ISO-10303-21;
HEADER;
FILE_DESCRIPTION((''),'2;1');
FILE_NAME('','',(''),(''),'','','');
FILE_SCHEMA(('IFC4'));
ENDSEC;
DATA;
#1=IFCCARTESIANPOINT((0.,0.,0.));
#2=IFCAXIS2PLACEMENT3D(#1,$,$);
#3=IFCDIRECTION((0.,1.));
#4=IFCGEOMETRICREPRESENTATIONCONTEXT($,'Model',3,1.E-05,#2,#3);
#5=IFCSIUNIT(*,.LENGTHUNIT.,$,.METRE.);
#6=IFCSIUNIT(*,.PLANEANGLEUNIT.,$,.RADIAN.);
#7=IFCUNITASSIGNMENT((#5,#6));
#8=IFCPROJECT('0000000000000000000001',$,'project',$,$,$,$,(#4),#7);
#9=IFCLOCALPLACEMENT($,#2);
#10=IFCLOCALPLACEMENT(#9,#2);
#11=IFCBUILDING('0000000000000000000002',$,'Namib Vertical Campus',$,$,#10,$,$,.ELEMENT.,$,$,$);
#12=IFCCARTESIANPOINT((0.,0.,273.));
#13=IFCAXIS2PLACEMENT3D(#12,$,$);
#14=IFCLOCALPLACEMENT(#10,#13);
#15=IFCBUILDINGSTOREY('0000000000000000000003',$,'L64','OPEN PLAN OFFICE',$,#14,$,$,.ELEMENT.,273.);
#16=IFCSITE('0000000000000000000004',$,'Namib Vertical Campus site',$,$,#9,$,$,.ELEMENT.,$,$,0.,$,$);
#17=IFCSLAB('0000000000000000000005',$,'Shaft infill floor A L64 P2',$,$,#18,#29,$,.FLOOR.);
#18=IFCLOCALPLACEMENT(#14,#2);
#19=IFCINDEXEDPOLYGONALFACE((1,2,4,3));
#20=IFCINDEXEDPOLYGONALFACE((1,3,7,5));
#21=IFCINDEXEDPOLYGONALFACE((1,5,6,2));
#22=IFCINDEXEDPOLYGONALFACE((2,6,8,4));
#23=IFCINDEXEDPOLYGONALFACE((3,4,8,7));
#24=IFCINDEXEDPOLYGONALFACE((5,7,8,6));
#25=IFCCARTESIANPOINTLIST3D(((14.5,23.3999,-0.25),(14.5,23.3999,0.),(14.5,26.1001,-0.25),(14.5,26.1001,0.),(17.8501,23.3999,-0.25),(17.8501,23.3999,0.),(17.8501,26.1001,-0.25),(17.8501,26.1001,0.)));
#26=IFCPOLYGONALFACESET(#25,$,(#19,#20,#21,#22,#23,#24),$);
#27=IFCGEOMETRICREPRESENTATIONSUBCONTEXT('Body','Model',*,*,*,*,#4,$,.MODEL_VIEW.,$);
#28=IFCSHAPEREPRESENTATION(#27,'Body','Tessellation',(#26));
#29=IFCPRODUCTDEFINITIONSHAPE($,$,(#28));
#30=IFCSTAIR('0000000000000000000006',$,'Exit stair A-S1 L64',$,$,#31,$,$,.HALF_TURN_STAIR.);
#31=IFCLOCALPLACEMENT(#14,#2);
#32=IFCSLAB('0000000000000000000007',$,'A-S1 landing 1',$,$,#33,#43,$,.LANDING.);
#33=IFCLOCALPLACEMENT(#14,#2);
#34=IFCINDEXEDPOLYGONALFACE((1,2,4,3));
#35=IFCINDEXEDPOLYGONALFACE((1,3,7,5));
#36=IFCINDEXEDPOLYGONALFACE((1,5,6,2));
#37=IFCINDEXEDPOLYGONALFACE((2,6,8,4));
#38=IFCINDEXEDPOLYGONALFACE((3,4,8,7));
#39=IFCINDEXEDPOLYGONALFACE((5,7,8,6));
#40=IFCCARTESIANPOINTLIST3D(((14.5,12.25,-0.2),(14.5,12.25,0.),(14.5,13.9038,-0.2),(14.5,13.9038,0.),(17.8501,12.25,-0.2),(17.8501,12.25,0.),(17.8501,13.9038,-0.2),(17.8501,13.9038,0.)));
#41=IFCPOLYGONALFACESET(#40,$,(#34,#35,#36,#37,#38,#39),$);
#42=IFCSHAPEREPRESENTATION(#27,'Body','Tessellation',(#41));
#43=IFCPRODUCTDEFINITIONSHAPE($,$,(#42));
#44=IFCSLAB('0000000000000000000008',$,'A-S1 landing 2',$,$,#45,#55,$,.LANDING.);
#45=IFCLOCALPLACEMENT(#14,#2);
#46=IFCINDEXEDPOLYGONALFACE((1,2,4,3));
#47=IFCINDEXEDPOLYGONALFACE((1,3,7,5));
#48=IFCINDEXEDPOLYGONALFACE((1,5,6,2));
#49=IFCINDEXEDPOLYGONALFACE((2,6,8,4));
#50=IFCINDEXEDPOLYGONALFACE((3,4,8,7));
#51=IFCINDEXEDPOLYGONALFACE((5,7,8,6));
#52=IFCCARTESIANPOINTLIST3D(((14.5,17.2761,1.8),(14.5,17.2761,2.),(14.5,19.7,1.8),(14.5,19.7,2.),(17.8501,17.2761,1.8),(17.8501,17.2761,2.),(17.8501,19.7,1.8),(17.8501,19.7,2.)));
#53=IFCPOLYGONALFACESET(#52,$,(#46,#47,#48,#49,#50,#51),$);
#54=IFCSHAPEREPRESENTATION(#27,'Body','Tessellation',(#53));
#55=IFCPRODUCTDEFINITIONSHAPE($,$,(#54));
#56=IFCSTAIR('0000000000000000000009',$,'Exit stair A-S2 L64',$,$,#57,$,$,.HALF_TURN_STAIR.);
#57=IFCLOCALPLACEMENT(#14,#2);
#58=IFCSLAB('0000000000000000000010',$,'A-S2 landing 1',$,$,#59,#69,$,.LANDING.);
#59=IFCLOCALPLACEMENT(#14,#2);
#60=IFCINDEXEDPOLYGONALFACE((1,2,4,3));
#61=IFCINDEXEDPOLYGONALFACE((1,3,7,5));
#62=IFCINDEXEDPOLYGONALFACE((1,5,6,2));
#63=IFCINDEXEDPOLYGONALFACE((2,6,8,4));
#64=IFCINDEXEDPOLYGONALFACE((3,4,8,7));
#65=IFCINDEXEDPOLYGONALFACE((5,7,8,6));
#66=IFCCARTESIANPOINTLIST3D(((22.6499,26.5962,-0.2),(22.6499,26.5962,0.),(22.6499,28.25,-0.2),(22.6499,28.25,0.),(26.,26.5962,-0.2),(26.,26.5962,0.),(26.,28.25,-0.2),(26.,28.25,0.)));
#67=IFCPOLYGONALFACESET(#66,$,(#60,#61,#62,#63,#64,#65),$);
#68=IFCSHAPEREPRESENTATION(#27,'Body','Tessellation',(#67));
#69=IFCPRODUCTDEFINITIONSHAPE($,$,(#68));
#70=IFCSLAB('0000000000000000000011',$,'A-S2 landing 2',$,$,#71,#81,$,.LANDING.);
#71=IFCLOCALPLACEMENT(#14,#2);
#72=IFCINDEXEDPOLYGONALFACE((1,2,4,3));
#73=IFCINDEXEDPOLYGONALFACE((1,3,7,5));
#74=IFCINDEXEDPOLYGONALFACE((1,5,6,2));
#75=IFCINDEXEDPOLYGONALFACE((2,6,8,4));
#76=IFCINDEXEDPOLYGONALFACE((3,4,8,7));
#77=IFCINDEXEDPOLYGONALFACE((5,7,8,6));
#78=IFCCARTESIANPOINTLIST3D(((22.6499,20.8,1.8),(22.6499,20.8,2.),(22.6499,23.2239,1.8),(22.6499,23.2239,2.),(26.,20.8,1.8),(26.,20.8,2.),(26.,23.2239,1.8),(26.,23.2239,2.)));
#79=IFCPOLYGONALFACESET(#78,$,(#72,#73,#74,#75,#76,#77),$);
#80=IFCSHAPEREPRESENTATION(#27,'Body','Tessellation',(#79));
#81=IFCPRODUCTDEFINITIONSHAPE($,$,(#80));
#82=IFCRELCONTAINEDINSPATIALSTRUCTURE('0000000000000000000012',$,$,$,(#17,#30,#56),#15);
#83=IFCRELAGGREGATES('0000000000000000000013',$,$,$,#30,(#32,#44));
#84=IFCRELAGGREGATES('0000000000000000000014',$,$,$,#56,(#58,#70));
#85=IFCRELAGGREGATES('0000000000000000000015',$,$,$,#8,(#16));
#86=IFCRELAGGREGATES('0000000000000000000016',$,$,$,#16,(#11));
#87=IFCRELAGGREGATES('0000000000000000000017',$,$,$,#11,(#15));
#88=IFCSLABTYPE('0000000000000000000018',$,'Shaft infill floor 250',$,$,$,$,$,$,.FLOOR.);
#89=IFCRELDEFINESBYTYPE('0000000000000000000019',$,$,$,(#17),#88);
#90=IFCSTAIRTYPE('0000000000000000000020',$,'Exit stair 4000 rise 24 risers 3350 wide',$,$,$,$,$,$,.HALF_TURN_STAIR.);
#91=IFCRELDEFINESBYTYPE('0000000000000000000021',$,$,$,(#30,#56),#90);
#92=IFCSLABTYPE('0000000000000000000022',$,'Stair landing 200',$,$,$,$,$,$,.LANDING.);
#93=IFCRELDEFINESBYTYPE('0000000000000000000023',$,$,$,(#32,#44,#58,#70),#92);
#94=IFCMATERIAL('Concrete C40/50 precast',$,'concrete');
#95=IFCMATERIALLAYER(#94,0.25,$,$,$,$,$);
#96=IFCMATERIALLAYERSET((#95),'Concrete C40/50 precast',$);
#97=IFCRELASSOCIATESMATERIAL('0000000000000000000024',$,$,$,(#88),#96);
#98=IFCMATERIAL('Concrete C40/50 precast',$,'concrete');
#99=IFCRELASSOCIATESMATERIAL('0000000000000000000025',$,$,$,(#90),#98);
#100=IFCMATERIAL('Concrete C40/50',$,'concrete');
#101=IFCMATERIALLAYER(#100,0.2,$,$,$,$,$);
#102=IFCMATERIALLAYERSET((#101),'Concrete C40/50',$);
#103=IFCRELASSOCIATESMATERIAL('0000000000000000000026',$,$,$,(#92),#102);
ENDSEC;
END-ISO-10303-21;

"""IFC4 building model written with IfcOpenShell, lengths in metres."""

from ifc_helpers import new_model, si_unit, direction, frame, origin, place, context, subcontext, project, spatial, polyline, outline, extrude, material, layer, layer_set, type_object, element, aggregate, save


model = new_model("IFC4")

# Units and contexts
model_context = context("Model", 3, precision=1e-05, world=origin(), true_north=direction((0.0, 1.0)))
body_context = subcontext(model_context, "Body", "Model", "MODEL_VIEW")
ifc_project = project(units=[si_unit("LENGTHUNIT", "METRE"), si_unit("PLANEANGLEUNIT", "RADIAN")], contexts=[model_context])

# Site, building, storey
site_placement = place(None, origin())
site = spatial("IfcSite", under=ifc_project, at=site_placement, Name="Namib Vertical Campus site", CompositionType="ELEMENT", RefElevation=0.0)
building_placement = place(site_placement, origin())
building = spatial("IfcBuilding", under=site, at=building_placement, Name="Namib Vertical Campus", CompositionType="ELEMENT")
storey_placement = place(building_placement, frame((0.0, 0.0, 273.0)))
storey = spatial("IfcBuildingStorey", under=building, at=storey_placement, Name="L64", Description="OPEN PLAN OFFICE", CompositionType="ELEMENT", Elevation=273.0)

# Slab
ifc_material_1 = material(Name="Concrete C40/50 precast", Category="concrete")
ifc_layer_1 = layer(ifc_material_1, 0.25)
ifc_layer_set_1 = layer_set([ifc_layer_1], Name="Concrete C40/50 precast")
slab_type_1 = type_object("IfcSlabType", Name="Shaft infill floor 250", PredefinedType="FLOOR", material=ifc_layer_set_1)
slab_1_placement = place(storey_placement, frame((0.0, 0.0, -0.25)))
element("IfcSlab", 1, at=slab_1_placement, inside=storey, type_object=slab_type_1, Name="Shaft infill floor A L64 P2", PredefinedType="FLOOR", context=body_context, shape_type="SweptSolid", body=[
    extrude(outline(polyline([(14.5, 23.3999), (17.8501, 23.3999), (17.8501, 26.1001), (14.5, 26.1001), (14.5, 23.3999)])), origin(), (0.0, 0.0, 1.0), 0.25),
])

# Stairs, slabs
ifc_material_2 = material(Name="Concrete C40/50 precast", Category="concrete")
stair_type = type_object("IfcStairType", Name="Exit stair 4000 rise 24 risers 3350 wide", PredefinedType="HALF_TURN_STAIR", material=ifc_material_2)
stair_1_placement = place(storey_placement, origin())
stair_1 = element("IfcStair", 2, at=stair_1_placement, inside=storey, type_object=stair_type, Name="Exit stair A-S1 L64", PredefinedType="HALF_TURN_STAIR")
ifc_material_3 = material(Name="Concrete C40/50", Category="concrete")
ifc_layer_2 = layer(ifc_material_3, 0.2)
ifc_layer_set_2 = layer_set([ifc_layer_2], Name="Concrete C40/50")
slab_type_2 = type_object("IfcSlabType", Name="Stair landing 200", PredefinedType="LANDING", material=ifc_layer_set_2)
slab_2_placement = place(storey_placement, frame((0.0, 0.0, -0.2)))
slab_2 = element("IfcSlab", 3, at=slab_2_placement, type_object=slab_type_2, Name="A-S1 landing 1", PredefinedType="LANDING", context=body_context, shape_type="SweptSolid", body=[
    extrude(outline(polyline([(14.5, 12.25), (17.8501, 12.25), (17.8501, 13.9038), (14.5, 13.9038), (14.5, 12.25)])), origin(), (0.0, 0.0, 1.0), 0.2),
])
slab_3_placement = place(storey_placement, frame((0.0, 0.0, 1.8)))
slab_3 = element("IfcSlab", 4, at=slab_3_placement, type_object=slab_type_2, Name="A-S1 landing 2", PredefinedType="LANDING", context=body_context, shape_type="SweptSolid", body=[
    extrude(outline(polyline([(14.5, 17.2761), (17.8501, 17.2761), (17.8501, 19.7), (14.5, 19.7), (14.5, 17.2761)])), origin(), (0.0, 0.0, 1.0), 0.2),
])
aggregate(stair_1, [slab_2, slab_3])
stair_2_placement = place(storey_placement, origin())
stair_2 = element("IfcStair", 5, at=stair_2_placement, inside=storey, type_object=stair_type, Name="Exit stair A-S2 L64", PredefinedType="HALF_TURN_STAIR")
slab_4_placement = place(storey_placement, frame((0.0, 0.0, -0.2)))
slab_4 = element("IfcSlab", 6, at=slab_4_placement, type_object=slab_type_2, Name="A-S2 landing 1", PredefinedType="LANDING", context=body_context, shape_type="SweptSolid", body=[
    extrude(outline(polyline([(22.6499, 26.5962), (26.0, 26.5962), (26.0, 28.25), (22.6499, 28.25), (22.6499, 26.5962)])), origin(), (0.0, 0.0, 1.0), 0.2),
])
slab_5_placement = place(storey_placement, frame((0.0, 0.0, 1.8)))
slab_5 = element("IfcSlab", 7, at=slab_5_placement, type_object=slab_type_2, Name="A-S2 landing 2", PredefinedType="LANDING", context=body_context, shape_type="SweptSolid", body=[
    extrude(outline(polyline([(22.6499, 20.8), (26.0, 20.8), (26.0, 23.2239), (22.6499, 23.2239), (22.6499, 20.8)])), origin(), (0.0, 0.0, 1.0), 0.2),
])
aggregate(stair_2, [slab_4, slab_5])

save(model, "model.ifc")
